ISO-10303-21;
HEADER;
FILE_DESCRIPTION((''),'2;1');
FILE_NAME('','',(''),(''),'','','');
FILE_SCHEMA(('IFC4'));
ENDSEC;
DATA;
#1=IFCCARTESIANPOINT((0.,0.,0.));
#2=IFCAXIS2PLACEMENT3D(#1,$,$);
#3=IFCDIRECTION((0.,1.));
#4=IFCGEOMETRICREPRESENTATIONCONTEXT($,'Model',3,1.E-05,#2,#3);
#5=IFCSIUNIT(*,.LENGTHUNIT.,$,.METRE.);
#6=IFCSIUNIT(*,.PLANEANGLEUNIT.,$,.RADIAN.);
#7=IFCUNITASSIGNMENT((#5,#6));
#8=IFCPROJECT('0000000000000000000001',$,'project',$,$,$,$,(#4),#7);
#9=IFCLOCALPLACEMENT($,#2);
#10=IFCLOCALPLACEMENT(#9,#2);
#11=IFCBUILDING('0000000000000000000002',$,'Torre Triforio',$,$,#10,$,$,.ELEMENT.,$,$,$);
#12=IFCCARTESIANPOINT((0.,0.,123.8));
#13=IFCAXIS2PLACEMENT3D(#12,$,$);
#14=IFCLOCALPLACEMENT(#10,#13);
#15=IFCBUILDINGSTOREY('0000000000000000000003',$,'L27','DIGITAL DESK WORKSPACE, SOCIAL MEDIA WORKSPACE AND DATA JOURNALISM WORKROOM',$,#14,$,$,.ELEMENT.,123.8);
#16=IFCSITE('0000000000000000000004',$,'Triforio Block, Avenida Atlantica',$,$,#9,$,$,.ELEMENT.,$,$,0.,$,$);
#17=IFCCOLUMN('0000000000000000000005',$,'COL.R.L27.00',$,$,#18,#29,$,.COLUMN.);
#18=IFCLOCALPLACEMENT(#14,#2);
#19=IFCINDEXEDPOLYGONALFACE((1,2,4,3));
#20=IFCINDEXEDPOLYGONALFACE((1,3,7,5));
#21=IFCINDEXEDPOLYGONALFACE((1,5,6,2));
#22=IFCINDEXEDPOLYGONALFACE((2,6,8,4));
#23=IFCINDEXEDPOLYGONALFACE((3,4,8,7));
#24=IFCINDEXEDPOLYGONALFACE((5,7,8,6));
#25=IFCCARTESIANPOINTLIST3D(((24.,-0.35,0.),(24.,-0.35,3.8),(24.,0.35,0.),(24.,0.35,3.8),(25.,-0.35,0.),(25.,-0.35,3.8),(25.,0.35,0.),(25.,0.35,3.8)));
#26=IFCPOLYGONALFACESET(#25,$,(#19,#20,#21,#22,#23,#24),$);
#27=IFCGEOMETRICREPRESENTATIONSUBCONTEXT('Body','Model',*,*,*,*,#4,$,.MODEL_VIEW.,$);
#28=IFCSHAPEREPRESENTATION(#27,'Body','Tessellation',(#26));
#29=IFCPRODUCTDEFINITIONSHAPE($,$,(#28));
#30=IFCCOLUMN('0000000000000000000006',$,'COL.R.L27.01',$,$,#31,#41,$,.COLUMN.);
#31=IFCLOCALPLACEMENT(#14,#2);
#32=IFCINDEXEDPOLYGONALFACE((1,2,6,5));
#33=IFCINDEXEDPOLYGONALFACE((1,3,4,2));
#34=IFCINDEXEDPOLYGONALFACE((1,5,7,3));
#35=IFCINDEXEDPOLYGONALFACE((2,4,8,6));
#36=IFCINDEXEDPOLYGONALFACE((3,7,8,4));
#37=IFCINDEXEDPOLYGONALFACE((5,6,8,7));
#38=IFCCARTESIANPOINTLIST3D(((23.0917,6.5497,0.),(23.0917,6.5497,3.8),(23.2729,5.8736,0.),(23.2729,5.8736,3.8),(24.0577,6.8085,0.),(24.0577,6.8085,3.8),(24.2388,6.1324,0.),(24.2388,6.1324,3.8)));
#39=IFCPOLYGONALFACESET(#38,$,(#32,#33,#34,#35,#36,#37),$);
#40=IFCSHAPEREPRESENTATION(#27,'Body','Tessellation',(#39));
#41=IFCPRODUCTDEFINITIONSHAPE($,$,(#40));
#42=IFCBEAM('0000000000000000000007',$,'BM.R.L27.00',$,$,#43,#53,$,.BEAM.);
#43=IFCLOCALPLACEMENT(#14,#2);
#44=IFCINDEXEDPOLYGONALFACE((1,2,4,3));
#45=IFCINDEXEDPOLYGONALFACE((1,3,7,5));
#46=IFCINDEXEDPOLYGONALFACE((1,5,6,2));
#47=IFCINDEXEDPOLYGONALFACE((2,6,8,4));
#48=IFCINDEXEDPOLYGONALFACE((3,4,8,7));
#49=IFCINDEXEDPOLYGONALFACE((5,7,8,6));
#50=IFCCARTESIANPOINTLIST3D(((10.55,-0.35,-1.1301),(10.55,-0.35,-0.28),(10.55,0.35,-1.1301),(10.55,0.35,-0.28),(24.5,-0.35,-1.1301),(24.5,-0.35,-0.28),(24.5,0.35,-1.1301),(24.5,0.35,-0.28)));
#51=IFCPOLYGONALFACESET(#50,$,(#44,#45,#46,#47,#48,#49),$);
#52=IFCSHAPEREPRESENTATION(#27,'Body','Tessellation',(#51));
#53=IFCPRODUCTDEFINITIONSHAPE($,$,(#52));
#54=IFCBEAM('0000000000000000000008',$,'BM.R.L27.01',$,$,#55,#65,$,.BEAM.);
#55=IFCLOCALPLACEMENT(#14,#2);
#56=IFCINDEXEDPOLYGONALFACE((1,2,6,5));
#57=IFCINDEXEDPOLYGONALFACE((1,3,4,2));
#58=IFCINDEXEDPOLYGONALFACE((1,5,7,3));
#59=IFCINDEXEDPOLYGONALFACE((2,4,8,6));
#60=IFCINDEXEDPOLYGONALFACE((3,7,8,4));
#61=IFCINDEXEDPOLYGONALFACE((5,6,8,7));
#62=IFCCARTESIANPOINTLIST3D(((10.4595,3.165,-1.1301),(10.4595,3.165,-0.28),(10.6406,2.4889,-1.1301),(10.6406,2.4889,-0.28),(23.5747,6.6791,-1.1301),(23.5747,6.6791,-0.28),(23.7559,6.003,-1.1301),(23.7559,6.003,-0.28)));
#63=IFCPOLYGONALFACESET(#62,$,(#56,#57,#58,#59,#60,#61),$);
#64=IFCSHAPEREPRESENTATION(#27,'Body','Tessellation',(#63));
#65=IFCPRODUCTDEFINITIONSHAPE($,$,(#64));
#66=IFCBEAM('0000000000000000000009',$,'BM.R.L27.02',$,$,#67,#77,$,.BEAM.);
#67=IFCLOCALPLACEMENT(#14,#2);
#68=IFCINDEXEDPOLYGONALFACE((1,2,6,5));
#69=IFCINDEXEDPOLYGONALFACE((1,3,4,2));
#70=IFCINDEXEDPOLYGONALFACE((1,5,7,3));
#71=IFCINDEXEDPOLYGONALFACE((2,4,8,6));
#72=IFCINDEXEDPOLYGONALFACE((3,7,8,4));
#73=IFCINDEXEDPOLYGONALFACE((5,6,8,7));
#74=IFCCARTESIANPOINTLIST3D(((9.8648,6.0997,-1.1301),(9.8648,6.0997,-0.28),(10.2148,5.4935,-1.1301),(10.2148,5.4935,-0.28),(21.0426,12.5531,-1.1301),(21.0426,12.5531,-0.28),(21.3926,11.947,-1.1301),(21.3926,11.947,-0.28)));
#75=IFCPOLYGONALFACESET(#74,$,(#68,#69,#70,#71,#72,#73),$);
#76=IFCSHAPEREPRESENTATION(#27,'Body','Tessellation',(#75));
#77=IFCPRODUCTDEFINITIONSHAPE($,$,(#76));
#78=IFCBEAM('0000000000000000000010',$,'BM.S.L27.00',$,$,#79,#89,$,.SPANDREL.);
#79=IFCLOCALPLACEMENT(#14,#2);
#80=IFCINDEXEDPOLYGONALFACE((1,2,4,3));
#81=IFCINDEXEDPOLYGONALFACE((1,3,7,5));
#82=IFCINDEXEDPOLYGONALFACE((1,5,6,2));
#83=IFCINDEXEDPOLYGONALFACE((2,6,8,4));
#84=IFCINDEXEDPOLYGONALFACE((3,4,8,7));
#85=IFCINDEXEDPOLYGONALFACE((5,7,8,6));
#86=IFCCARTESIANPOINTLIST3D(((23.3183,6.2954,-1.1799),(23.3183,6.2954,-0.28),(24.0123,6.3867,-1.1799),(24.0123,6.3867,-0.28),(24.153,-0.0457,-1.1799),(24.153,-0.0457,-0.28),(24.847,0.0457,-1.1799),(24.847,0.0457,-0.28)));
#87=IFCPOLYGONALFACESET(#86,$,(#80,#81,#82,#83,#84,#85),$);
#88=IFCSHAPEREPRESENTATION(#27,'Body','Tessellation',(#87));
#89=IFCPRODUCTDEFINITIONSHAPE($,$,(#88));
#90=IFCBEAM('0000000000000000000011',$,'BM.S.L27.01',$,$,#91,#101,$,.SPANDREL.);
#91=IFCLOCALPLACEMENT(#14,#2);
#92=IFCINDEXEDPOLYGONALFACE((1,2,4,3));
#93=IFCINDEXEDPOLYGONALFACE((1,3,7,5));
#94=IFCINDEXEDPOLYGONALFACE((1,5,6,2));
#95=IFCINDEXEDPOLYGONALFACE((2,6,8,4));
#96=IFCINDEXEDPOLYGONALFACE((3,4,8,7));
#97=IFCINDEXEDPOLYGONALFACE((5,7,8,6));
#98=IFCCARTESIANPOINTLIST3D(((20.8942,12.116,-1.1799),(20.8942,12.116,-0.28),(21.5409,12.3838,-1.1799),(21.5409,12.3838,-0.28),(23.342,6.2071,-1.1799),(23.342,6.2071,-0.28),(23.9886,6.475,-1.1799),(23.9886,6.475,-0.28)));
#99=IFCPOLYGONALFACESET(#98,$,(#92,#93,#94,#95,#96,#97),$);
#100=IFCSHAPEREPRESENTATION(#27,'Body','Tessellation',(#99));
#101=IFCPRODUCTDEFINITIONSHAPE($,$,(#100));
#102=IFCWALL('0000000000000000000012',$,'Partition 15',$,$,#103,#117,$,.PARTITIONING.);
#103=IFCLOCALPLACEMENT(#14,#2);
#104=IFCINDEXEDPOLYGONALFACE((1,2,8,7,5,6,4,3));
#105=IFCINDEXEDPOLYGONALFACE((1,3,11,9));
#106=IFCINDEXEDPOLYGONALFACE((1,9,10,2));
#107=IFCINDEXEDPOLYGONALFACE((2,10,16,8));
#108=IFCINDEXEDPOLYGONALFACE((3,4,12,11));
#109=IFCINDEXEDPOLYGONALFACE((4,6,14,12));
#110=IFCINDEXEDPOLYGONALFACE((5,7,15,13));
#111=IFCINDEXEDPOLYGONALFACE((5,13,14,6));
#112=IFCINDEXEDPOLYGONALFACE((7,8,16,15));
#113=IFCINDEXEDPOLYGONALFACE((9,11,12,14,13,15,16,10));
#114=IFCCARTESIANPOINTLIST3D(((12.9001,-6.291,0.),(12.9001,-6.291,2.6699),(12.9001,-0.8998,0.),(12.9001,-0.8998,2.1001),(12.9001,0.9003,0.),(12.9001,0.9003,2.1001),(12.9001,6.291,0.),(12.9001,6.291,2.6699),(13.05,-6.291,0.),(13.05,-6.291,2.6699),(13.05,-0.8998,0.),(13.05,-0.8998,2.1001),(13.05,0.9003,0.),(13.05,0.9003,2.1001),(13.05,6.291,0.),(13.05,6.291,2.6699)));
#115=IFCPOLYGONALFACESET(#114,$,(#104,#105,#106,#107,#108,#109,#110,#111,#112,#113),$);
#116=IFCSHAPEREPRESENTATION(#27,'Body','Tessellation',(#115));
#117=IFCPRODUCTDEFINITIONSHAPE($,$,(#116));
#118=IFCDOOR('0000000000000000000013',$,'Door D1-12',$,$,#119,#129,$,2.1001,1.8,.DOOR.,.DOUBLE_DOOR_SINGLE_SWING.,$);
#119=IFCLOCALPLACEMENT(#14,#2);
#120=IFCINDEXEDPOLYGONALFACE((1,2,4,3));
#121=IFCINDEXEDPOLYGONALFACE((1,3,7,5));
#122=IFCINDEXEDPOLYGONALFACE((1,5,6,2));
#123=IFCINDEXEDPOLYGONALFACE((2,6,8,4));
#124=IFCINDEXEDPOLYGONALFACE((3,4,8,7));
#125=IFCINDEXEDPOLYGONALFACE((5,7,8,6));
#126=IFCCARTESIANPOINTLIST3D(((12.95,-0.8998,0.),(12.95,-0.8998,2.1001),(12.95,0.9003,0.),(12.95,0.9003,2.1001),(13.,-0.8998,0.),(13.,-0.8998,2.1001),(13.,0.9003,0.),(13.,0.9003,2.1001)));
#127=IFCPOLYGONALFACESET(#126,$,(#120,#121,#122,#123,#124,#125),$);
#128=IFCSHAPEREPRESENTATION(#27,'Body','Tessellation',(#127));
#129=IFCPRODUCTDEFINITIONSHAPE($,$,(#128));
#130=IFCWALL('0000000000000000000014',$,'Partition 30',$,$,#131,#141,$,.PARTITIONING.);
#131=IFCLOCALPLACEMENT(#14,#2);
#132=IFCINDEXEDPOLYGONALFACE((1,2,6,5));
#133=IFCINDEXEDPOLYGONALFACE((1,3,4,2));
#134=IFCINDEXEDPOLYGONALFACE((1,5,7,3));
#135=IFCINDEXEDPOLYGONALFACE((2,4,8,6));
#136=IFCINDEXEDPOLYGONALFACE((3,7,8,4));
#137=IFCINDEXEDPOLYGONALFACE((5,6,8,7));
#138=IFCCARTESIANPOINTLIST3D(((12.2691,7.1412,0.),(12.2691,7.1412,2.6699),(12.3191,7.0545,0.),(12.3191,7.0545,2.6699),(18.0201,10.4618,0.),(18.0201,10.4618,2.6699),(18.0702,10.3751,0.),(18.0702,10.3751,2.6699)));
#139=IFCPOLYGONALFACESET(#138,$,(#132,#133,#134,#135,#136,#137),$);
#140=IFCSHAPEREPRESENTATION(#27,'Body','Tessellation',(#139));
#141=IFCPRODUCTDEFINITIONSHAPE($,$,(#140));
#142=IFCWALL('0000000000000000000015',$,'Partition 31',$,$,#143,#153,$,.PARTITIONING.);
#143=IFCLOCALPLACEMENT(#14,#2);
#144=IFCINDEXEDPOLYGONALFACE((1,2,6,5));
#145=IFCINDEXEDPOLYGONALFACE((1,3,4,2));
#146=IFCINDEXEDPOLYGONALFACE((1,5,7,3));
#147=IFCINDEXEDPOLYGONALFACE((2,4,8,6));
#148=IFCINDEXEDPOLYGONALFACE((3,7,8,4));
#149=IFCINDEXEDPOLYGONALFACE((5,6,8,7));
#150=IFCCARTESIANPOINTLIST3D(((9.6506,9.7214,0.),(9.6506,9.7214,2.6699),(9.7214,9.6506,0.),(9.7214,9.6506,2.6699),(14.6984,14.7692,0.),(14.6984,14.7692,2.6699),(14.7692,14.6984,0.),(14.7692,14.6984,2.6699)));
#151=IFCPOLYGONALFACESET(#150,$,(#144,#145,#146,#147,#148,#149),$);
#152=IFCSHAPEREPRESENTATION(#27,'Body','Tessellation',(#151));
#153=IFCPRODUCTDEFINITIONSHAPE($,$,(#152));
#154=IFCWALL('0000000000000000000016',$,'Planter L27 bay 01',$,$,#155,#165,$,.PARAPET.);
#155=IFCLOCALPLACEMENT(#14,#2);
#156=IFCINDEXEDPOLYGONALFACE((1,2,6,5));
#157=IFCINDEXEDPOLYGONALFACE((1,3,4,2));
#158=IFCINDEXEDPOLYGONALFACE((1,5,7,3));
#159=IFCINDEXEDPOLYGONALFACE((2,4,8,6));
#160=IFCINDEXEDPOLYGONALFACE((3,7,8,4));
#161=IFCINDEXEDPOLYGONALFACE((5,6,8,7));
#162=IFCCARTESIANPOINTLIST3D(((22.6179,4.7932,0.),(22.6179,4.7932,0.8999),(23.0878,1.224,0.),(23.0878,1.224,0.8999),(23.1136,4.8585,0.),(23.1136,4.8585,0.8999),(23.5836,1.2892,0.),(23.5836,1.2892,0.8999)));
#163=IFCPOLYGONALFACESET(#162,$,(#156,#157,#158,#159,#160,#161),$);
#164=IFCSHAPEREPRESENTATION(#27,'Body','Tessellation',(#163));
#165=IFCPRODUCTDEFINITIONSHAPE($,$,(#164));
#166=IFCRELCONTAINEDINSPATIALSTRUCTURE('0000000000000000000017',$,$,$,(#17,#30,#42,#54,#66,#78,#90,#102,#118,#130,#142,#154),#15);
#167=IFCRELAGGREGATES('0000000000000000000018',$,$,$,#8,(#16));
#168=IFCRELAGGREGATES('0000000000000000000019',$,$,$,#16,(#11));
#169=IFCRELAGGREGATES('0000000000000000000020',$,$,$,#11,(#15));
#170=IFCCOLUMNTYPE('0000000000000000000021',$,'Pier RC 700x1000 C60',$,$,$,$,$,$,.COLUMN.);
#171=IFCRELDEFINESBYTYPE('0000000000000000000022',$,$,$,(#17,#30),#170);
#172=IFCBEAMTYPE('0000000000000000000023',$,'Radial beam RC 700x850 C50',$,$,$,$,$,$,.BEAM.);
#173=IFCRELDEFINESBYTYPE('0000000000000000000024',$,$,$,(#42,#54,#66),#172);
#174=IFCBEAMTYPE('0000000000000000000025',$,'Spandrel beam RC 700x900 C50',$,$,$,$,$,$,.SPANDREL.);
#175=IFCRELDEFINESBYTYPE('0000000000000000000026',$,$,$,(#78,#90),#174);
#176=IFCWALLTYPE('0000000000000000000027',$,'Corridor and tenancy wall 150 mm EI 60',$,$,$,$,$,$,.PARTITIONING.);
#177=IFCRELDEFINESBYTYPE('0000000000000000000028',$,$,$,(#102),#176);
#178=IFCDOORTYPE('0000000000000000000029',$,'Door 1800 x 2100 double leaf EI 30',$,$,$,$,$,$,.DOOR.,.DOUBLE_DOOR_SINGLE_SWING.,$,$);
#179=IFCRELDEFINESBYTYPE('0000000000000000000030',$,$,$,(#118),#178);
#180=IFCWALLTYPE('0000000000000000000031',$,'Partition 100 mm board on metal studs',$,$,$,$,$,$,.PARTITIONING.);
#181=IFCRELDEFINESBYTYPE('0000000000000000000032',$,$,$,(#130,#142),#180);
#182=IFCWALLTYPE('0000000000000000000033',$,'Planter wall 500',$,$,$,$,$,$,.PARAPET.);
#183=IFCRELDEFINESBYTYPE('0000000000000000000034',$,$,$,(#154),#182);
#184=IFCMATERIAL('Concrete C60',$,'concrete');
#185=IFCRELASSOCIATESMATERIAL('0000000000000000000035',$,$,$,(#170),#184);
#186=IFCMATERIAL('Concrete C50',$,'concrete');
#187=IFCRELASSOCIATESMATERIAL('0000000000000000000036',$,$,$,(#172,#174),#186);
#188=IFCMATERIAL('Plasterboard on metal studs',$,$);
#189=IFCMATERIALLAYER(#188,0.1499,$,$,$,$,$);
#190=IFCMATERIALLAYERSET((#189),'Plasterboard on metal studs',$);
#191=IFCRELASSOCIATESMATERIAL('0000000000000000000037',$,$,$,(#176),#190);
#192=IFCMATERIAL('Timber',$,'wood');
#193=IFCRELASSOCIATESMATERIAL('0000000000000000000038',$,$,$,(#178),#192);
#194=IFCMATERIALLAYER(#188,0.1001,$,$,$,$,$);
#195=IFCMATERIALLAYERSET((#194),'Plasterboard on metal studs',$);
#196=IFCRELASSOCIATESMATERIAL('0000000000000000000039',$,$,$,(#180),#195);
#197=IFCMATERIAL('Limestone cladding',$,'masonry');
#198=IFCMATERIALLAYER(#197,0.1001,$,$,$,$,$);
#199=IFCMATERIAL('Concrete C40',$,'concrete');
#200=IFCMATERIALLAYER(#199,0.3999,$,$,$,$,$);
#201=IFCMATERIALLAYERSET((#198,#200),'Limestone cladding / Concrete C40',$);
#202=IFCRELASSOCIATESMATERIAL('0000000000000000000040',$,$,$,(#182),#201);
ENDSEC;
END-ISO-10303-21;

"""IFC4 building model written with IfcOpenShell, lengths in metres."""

from ifc_helpers import new_model, si_unit, direction, frame, frame_2d, origin, origin_2d, place, context, subcontext, project, spatial, rectangle, extrude, material, layer, layer_set, material_profile, profile_set, type_object, element, fill, save


model = new_model("IFC4")

# Units and contexts
model_context = context("Model", 3, precision=1e-05, world=origin(), true_north=direction((0.0, 1.0)))
body_context = subcontext(model_context, "Body", "Model", "MODEL_VIEW")
ifc_project = project(units=[si_unit("LENGTHUNIT", "METRE"), si_unit("PLANEANGLEUNIT", "RADIAN")], contexts=[model_context])

# Site, building, storey
site_placement = place(None, origin())
site = spatial("IfcSite", under=ifc_project, at=site_placement, Name="Triforio Block, Avenida Atlantica", CompositionType="ELEMENT", RefElevation=0.0)
building_placement = place(site_placement, origin())
building = spatial("IfcBuilding", under=site, at=building_placement, Name="Torre Triforio", CompositionType="ELEMENT")
storey_placement = place(building_placement, frame((0.0, 0.0, 123.8)))
storey = spatial("IfcBuildingStorey", under=building, at=storey_placement, Name="L27", Description="DIGITAL DESK WORKSPACE, SOCIAL MEDIA WORKSPACE AND DATA JOURNALISM WORKROOM", CompositionType="ELEMENT", Elevation=123.8)

# Columns
ifc_material_1 = material(Name="Concrete C60", Category="concrete")
ifc_material_profile_1 = material_profile(ifc_material_1, rectangle(XDim=0.7, YDim=1.0, at=origin_2d()), Name="RC 700x1000")
ifc_profile_set_1 = profile_set([ifc_material_profile_1], Name="Concrete C60")
column_type = type_object("IfcColumnType", Name="Pier RC 700x1000 C60", PredefinedType="COLUMN", material=ifc_profile_set_1)
for number, where, z_axis, x_axis, name in (
    (1, (24.5, 0.0, 0.0), (0.0, 0.0, 1.0), (0.0, 1.0, 0.0), "COL.R.L27.00"),
    (2, (23.6653, 6.3411, 0.0), (0.0, 0.0, 1.0), (-0.258819, 0.965926, 0.0), "COL.R.L27.01"),
):
    element("IfcColumn", number, at=place(storey_placement, frame(where, z_axis=z_axis, x_axis=x_axis)), inside=storey, type_object=column_type, Name=name, PredefinedType="COLUMN", context=body_context, shape_type="SweptSolid", body=[
        extrude(rectangle(XDim=0.7, YDim=1.0, at=origin_2d()), origin(), (0.0, 0.0, 1.0), 3.8),
    ])

# Beams
ifc_material_2 = material(Name="Concrete C50", Category="concrete")
ifc_material_profile_2 = material_profile(ifc_material_2, rectangle(XDim=0.7, YDim=0.8501, at=origin_2d()), Name="RC 700x850")
ifc_profile_set_2 = profile_set([ifc_material_profile_2], Name="Concrete C50")
beam_type_1 = type_object("IfcBeamType", Name="Radial beam RC 700x850 C50", PredefinedType="BEAM", material=ifc_profile_set_2)
beam_1_placement = place(storey_placement, frame((10.55, 0.0, -0.7051), z_axis=(1.0, 0.0, 0.0), x_axis=(0.0, 1.0, 0.0)))
element("IfcBeam", 3, at=beam_1_placement, inside=storey, type_object=beam_type_1, Name="BM.R.L27.00", PredefinedType="BEAM", context=body_context, shape_type="SweptSolid", body=[
    extrude(rectangle(XDim=0.7, YDim=0.8501, at=origin_2d()), origin(), (0.0, 0.0, 1.0), 13.95),
])
beam_2_placement = place(storey_placement, frame((10.55, 2.8269, -0.7051), z_axis=(0.965927, 0.258815, 0.0), x_axis=(-0.258815, 0.965927, 0.0)))
element("IfcBeam", 4, at=beam_2_placement, inside=storey, type_object=beam_type_1, Name="BM.R.L27.01", PredefinedType="BEAM", context=body_context, shape_type="SweptSolid", body=[
    extrude(rectangle(XDim=0.7, YDim=0.8501, at=origin_2d()), origin(), (0.0, 0.0, 1.0), 13.5779),
])
beam_3_placement = place(storey_placement, frame((10.0398, 5.7966, -0.7051), z_axis=(0.866029, 0.499994, 0.0), x_axis=(-0.499994, 0.866029, 0.0)))
element("IfcBeam", 5, at=beam_3_placement, inside=storey, type_object=beam_type_1, Name="BM.R.L27.02", PredefinedType="BEAM", context=body_context, shape_type="SweptSolid", body=[
    extrude(rectangle(XDim=0.7, YDim=0.8501, at=origin_2d()), origin(), (0.0, 0.0, 1.0), 12.907),
])
ifc_material_profile_3 = material_profile(ifc_material_2, rectangle(XDim=0.7, YDim=0.8999, at=origin_2d()), Name="RC 700x900")
ifc_profile_set_3 = profile_set([ifc_material_profile_3], Name="Concrete C50")
beam_type_2 = type_object("IfcBeamType", Name="Spandrel beam RC 700x900 C50", PredefinedType="SPANDREL", material=ifc_profile_set_3)
for number, where, z_axis, x_axis, name in (
    (6, (24.5, 0.0, -0.73), (-0.130511, 0.991447, 0.0), (-0.991447, -0.130511, 0.0), "BM.S.L27.00"),
    (7, (23.6653, 6.3411, -0.73), (-0.382709, 0.923869, 0.0), (-0.923869, -0.382709, 0.0), "BM.S.L27.01"),
):
    element("IfcBeam", number, at=place(storey_placement, frame(where, z_axis=z_axis, x_axis=x_axis)), inside=storey, type_object=beam_type_2, Name=name, PredefinedType="SPANDREL", context=body_context, shape_type="SweptSolid", body=[
        extrude(rectangle(XDim=0.7, YDim=0.8999, at=origin_2d()), origin(), (0.0, 0.0, 1.0), 6.3958),
    ])

# Wall, opening, door
ifc_material_3 = material(Name="Plasterboard on metal studs")
ifc_layer_1 = layer(ifc_material_3, 0.1499)
ifc_layer_set_1 = layer_set([ifc_layer_1], Name="Plasterboard on metal studs")
wall_type_1 = type_object("IfcWallType", Name="Corridor and tenancy wall 150 mm EI 60", PredefinedType="PARTITIONING", material=ifc_layer_set_1)
wall_1_placement = place(storey_placement, frame((12.9751, 6.291, 0.0), z_axis=(0.0, 0.0, 1.0), x_axis=(0.0, -1.0, 0.0)))
wall_1 = element("IfcWall", 8, at=wall_1_placement, inside=storey, type_object=wall_type_1, Name="Partition 15", PredefinedType="PARTITIONING", context=body_context, shape_type="SweptSolid", body=[
    extrude(rectangle(XDim=12.582, YDim=0.1499, at=frame_2d((6.291, 0.0))), origin(), (0.0, 0.0, 1.0), 2.6699),
])
opening_1_placement = place(wall_1_placement, frame((5.3909, 0.0, 0.0)))
opening_1 = element("IfcOpeningElement", 9, at=opening_1_placement, cuts=wall_1, PredefinedType="OPENING", context=body_context, shape_type="SweptSolid", body=[
    extrude(rectangle(XDim=1.8, YDim=2.1001, at=frame_2d((0.8999, 1.05))), frame((0.0, 0.085, 0.0), z_axis=(0.0, -1.0, 0.0), x_axis=(1.0, 0.0, 0.0)), (0.0, 0.0, 1.0), 0.1699),
])
ifc_material_4 = material(Name="Timber", Category="wood")
door_type_1 = type_object("IfcDoorType", Name="Door 1800 x 2100 double leaf EI 30", OperationType="DOUBLE_DOOR_SINGLE_SWING", PredefinedType="DOOR", material=ifc_material_4)
door_1_placement = place(opening_1_placement, origin())
door_1 = element("IfcDoor", 10, at=door_1_placement, inside=storey, type_object=door_type_1, Name="Door D1-12", OperationType="DOUBLE_DOOR_SINGLE_SWING", OverallHeight=2.1001, OverallWidth=1.8, PredefinedType="DOOR", context=body_context, shape_type="SweptSolid", body=[
    extrude(rectangle(XDim=1.8, YDim=2.1001, at=frame_2d((0.8999, 1.05))), frame((0.0, 0.0249, 0.0), z_axis=(0.0, -1.0, 0.0), x_axis=(1.0, 0.0, 0.0)), (0.0, 0.0, 1.0), 0.05),
])
fill(opening_1, door_1)

# Walls
ifc_layer_2 = layer(ifc_material_3, 0.1001)
ifc_layer_set_2 = layer_set([ifc_layer_2], Name="Plasterboard on metal studs")
wall_type_2 = type_object("IfcWallType", Name="Partition 100 mm board on metal studs", PredefinedType="PARTITIONING", material=ifc_layer_set_2)
wall_2_placement = place(storey_placement, frame((12.2942, 7.0979, 0.0), z_axis=(0.0, 0.0, 1.0), x_axis=(0.86601, 0.500026, 0.0)))
element("IfcWall", 11, at=wall_2_placement, inside=storey, type_object=wall_type_2, Name="Partition 30", PredefinedType="PARTITIONING", context=body_context, shape_type="SweptSolid", body=[
    extrude(rectangle(XDim=6.6409, YDim=0.1001, at=frame_2d((3.3203, 0.0))), origin(), (0.0, 0.0, 1.0), 2.6699),
])
wall_3_placement = place(storey_placement, frame((9.686, 9.686, 0.0), z_axis=(0.0, 0.0, 1.0), x_axis=(0.707107, 0.707107, 0.0)))
element("IfcWall", 12, at=wall_3_placement, inside=storey, type_object=wall_type_2, Name="Partition 31", PredefinedType="PARTITIONING", context=body_context, shape_type="SweptSolid", body=[
    extrude(rectangle(XDim=7.1387, YDim=0.1001, at=frame_2d((3.5693, 0.0))), origin(), (0.0, 0.0, 1.0), 2.6699),
])
ifc_material_5 = material(Name="Limestone cladding", Category="masonry")
ifc_layer_3 = layer(ifc_material_5, 0.1001)
ifc_material_6 = material(Name="Concrete C40", Category="concrete")
ifc_layer_4 = layer(ifc_material_6, 0.3999)
ifc_layer_set_3 = layer_set([ifc_layer_3, ifc_layer_4], Name="Limestone cladding / Concrete C40")
wall_type_3 = type_object("IfcWallType", Name="Planter wall 500", PredefinedType="PARAPET", material=ifc_layer_set_3)
wall_4_placement = place(storey_placement, frame((23.3357, 1.2566, 0.0), z_axis=(0.0, 0.0, 1.0), x_axis=(-0.130542, 0.991443, 0.0)))
element("IfcWall", 13, at=wall_4_placement, inside=storey, type_object=wall_type_3, Name="Planter L27 bay 01", PredefinedType="PARAPET", context=body_context, shape_type="SweptSolid", body=[
    extrude(rectangle(XDim=3.6001, YDim=0.5, at=frame_2d((1.8, 0.0))), origin(), (0.0, 0.0, 1.0), 0.8999),
])

save(model, "model.ifc")
